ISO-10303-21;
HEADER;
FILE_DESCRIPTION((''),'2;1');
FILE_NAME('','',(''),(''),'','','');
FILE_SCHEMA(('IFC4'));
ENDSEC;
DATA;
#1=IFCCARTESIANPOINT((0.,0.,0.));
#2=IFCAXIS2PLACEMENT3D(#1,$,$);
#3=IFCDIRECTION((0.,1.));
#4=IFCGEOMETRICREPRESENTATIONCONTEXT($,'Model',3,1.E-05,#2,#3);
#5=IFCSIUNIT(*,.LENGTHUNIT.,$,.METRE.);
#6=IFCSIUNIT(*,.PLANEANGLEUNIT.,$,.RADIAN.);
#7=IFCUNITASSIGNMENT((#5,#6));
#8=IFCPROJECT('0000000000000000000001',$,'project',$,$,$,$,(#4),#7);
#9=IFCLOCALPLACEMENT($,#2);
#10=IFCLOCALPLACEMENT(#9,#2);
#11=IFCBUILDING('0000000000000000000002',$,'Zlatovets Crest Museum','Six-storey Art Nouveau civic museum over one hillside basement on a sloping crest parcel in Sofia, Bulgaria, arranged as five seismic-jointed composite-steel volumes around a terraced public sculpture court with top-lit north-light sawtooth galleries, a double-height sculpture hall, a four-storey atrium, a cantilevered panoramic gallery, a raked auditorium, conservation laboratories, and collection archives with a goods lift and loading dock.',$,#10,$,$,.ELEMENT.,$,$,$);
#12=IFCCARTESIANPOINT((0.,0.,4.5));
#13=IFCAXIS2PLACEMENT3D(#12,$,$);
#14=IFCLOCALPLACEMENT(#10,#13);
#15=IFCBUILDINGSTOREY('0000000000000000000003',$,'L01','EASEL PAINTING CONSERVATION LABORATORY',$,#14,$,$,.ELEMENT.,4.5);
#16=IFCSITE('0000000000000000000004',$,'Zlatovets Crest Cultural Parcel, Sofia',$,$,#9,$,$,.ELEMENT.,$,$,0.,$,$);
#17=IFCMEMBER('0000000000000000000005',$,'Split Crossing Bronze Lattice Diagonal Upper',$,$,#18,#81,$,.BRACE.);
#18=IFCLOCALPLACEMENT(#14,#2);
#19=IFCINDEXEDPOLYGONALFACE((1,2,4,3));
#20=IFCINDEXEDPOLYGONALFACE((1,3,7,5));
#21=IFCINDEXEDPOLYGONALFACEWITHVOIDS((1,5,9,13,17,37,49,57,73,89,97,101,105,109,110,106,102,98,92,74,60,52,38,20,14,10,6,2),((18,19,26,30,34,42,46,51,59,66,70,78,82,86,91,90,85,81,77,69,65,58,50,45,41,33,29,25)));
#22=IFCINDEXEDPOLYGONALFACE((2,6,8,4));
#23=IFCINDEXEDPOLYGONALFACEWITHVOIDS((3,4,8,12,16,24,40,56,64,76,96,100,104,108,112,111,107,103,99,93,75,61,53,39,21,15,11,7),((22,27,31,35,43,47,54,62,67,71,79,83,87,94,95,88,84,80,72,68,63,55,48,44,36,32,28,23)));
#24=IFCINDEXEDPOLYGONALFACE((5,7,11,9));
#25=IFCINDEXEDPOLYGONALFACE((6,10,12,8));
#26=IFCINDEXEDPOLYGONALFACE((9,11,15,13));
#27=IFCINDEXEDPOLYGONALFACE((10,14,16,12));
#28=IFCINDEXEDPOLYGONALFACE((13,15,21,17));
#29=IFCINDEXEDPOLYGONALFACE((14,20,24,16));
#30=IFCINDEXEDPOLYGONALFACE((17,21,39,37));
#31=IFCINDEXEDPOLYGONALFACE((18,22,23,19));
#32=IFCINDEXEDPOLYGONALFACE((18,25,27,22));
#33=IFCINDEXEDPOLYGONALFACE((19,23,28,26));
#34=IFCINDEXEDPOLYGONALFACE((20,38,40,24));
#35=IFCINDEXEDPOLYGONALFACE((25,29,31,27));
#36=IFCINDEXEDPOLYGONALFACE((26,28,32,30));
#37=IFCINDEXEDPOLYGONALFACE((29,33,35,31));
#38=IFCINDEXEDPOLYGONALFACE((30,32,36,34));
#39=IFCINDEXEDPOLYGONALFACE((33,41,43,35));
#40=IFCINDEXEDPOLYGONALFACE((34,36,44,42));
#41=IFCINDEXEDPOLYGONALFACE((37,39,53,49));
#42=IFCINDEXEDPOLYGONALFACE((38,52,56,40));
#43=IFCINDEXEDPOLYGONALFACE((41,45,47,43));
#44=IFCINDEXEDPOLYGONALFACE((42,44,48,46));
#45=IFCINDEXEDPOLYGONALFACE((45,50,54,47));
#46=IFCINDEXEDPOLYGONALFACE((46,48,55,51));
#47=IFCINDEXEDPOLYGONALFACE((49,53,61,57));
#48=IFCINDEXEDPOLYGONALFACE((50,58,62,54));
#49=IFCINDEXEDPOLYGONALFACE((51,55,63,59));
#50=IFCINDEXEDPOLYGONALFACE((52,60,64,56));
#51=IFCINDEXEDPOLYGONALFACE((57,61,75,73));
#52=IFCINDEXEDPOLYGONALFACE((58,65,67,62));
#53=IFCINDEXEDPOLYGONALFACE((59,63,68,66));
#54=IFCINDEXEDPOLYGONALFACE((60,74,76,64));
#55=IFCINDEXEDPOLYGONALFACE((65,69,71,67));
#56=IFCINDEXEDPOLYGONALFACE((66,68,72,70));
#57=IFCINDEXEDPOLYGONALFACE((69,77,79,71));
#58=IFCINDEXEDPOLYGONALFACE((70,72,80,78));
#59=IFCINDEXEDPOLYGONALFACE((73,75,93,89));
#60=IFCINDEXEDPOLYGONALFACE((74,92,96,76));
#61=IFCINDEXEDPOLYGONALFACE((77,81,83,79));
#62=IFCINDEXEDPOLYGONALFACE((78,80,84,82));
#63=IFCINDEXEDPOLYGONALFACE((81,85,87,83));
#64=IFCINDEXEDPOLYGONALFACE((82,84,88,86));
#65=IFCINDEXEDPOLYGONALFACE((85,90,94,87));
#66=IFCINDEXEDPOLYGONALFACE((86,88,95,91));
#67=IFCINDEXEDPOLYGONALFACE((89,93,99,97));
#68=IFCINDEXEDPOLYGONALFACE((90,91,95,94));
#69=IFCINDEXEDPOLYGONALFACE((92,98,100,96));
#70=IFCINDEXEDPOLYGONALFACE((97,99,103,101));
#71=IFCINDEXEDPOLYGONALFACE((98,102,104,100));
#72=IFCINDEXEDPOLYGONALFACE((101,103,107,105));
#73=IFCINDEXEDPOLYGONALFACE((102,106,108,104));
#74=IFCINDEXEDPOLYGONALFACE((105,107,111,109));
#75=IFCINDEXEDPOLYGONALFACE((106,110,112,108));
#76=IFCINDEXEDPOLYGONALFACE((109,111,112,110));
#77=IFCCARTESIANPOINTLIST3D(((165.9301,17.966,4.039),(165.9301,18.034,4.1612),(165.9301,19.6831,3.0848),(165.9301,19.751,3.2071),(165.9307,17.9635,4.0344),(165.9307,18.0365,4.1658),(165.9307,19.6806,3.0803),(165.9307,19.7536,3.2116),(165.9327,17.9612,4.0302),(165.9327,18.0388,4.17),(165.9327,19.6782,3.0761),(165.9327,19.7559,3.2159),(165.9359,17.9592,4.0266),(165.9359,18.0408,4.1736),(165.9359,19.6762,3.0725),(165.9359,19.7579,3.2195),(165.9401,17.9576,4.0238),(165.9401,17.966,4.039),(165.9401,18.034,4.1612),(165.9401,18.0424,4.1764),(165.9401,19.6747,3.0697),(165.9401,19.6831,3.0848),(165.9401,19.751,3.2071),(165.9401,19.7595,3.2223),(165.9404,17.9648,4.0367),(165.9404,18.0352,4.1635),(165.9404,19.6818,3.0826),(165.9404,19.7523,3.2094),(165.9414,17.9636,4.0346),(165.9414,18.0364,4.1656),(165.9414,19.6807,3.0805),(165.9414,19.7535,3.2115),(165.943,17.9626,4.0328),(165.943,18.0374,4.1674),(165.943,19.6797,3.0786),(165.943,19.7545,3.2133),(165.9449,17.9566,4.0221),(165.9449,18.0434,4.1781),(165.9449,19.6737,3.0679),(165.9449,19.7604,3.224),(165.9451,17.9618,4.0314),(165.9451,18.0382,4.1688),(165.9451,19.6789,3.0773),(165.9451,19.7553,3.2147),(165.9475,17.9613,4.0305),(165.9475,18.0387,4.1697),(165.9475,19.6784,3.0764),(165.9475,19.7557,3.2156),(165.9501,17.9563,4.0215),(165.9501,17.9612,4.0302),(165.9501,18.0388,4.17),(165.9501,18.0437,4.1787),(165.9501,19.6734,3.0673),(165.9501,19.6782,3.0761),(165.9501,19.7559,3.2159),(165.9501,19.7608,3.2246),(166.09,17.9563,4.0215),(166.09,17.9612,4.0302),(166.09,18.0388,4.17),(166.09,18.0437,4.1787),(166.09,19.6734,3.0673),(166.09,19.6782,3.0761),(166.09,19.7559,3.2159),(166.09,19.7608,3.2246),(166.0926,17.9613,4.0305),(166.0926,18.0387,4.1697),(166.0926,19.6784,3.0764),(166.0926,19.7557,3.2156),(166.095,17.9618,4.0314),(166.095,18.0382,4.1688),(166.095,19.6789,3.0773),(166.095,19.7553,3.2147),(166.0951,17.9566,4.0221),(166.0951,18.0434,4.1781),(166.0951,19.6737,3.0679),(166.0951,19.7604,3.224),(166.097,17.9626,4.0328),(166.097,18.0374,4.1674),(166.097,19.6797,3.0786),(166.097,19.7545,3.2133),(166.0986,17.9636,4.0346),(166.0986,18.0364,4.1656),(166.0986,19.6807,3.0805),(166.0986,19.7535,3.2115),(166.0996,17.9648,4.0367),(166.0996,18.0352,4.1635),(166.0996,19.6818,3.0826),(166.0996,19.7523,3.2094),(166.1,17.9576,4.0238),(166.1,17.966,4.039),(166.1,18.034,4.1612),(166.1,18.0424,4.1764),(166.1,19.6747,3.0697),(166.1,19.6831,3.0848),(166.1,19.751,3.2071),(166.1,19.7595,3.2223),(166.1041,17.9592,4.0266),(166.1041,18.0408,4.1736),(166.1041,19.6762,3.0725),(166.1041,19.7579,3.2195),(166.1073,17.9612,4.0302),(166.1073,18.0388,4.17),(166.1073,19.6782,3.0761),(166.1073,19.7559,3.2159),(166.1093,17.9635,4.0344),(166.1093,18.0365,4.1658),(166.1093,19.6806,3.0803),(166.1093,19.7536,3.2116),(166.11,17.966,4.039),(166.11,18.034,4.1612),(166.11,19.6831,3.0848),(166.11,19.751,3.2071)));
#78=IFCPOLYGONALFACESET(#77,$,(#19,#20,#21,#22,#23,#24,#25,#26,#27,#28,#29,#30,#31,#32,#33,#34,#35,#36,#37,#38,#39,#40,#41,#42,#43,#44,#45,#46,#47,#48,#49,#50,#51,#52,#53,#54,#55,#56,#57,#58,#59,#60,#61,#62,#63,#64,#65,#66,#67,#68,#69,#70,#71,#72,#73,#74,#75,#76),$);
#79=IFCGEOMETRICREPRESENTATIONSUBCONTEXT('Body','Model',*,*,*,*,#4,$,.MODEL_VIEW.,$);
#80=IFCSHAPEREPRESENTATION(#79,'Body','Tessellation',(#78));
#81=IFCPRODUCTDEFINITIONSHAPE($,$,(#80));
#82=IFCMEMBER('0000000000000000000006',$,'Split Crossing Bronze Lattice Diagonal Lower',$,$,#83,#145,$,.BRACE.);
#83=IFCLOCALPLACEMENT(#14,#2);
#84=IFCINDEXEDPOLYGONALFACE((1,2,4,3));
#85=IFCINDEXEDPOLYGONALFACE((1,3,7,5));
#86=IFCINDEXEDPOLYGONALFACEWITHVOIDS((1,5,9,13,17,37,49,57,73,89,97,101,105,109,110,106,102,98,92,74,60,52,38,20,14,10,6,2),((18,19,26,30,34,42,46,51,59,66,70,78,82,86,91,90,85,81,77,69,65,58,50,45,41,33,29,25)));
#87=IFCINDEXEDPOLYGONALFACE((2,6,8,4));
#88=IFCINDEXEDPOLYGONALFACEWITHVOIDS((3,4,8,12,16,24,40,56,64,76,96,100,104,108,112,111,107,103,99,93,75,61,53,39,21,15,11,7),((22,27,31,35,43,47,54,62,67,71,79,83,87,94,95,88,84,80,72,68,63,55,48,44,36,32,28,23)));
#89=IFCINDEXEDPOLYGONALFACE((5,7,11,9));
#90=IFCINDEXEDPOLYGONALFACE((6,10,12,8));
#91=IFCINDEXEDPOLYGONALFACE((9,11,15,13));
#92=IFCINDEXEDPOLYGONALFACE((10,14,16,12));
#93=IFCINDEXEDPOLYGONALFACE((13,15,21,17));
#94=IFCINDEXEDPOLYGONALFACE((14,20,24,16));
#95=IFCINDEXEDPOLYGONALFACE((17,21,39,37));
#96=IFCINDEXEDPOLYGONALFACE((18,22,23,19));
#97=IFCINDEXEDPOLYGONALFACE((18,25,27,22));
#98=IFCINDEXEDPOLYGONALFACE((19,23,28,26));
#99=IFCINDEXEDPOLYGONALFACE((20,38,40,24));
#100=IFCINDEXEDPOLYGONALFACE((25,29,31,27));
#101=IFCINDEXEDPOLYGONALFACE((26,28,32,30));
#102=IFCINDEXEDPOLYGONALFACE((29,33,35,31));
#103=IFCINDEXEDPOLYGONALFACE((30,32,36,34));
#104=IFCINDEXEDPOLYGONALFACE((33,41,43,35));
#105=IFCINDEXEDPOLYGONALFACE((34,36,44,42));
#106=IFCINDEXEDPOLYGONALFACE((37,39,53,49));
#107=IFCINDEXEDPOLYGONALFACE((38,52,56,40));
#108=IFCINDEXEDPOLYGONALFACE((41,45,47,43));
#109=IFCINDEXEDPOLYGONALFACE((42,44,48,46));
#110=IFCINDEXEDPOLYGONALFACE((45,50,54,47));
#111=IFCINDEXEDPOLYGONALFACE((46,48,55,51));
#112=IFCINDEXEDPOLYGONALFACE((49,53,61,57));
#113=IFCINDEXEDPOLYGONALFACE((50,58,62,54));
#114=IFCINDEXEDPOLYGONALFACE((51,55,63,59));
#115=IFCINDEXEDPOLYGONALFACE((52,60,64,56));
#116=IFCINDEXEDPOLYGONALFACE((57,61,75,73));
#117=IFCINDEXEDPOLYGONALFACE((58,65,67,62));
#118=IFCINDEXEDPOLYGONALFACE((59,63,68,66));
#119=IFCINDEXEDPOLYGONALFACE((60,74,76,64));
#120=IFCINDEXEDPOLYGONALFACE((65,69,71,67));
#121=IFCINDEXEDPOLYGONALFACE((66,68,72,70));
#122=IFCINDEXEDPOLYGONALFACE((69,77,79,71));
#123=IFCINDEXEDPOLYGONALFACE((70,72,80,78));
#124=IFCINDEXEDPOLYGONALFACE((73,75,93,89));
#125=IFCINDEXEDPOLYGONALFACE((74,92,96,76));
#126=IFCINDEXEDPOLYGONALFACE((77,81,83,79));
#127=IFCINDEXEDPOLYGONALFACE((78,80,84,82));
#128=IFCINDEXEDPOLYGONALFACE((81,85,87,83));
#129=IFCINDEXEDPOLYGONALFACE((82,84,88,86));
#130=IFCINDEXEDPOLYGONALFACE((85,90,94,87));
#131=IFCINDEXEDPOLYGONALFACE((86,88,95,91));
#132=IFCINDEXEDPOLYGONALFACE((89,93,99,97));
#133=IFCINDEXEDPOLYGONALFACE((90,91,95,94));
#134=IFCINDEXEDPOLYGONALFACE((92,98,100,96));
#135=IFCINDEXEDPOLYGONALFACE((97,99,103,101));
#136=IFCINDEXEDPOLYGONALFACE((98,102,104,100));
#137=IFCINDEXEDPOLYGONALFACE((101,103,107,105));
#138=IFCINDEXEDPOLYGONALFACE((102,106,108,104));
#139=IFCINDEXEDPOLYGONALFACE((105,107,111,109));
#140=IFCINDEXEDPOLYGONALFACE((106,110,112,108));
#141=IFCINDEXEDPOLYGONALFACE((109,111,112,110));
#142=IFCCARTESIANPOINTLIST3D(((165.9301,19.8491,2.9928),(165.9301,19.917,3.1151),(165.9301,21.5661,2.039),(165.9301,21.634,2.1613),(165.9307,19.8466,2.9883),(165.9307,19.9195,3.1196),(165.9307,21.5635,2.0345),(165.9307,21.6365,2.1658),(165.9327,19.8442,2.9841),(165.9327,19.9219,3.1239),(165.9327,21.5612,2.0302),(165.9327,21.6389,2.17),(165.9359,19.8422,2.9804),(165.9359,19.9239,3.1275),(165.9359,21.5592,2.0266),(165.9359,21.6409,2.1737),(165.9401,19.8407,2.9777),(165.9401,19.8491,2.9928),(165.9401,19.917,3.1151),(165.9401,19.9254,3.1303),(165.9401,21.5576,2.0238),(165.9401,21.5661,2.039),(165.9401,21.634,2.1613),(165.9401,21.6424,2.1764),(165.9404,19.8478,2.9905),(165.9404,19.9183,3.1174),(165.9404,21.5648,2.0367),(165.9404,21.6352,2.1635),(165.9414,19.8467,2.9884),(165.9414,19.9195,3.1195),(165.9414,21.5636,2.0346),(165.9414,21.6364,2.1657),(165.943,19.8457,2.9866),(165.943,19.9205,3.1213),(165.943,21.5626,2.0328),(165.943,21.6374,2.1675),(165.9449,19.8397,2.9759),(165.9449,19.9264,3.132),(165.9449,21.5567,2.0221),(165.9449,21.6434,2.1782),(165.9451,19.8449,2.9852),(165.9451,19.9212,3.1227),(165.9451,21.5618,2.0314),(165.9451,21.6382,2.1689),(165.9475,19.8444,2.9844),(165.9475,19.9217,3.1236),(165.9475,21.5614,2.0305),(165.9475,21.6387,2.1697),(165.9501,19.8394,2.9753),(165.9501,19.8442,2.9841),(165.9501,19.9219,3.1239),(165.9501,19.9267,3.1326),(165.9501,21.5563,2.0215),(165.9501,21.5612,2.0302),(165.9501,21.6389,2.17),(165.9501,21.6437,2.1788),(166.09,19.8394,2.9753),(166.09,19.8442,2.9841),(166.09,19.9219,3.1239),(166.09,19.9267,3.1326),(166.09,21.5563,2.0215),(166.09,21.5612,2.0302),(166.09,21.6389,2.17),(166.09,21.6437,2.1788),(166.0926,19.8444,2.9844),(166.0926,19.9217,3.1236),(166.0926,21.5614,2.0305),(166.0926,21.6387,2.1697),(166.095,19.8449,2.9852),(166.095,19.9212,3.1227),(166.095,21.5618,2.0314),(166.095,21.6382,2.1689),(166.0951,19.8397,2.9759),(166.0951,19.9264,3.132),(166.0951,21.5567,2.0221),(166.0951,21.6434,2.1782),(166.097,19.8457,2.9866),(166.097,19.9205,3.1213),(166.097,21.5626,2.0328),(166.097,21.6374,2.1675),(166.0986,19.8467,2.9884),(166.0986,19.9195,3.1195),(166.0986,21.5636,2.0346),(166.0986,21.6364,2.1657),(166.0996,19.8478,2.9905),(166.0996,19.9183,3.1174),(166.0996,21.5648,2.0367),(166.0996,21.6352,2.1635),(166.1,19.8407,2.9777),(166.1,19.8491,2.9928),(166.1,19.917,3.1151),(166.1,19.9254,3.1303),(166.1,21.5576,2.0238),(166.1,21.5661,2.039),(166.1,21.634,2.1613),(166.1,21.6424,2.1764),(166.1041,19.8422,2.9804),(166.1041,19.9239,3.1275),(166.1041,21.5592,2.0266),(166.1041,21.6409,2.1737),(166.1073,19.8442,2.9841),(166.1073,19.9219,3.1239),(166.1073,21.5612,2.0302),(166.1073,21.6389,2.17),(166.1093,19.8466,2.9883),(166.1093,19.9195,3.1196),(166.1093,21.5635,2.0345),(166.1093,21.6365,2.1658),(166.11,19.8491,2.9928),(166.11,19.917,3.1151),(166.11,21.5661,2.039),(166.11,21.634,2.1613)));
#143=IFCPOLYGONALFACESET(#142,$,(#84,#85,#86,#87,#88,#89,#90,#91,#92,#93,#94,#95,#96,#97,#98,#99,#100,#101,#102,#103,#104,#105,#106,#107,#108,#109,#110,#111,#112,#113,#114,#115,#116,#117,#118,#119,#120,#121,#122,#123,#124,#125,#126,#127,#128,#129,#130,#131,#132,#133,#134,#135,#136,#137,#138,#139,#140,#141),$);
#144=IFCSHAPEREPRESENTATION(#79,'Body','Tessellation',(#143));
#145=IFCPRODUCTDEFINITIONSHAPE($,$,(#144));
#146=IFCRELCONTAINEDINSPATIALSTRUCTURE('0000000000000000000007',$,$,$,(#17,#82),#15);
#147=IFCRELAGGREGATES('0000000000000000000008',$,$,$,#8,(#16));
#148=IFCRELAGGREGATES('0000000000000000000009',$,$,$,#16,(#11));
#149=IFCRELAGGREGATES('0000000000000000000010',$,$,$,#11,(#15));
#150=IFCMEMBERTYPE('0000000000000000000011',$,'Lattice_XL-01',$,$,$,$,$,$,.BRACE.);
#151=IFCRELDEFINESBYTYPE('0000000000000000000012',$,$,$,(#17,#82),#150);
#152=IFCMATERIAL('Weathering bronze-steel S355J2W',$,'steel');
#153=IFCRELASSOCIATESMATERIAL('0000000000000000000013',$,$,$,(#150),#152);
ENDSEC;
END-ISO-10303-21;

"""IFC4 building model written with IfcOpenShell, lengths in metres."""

from ifc_helpers import new_model, si_unit, direction, frame, origin, origin_2d, place, context, subcontext, project, spatial, hollow_rectangle, extrude, material, material_profile, profile_set, type_object, element, save


model = new_model("IFC4")

# Units and contexts
model_context = context("Model", 3, precision=1e-05, world=origin(), true_north=direction((0.0, 1.0)))
body_context = subcontext(model_context, "Body", "Model", "MODEL_VIEW")
ifc_project = project(units=[si_unit("LENGTHUNIT", "METRE"), si_unit("PLANEANGLEUNIT", "RADIAN")], contexts=[model_context])

# Site, building, storey
site_placement = place(None, origin())
site = spatial("IfcSite", under=ifc_project, at=site_placement, Name="Zlatovets Crest Cultural Parcel, Sofia", CompositionType="ELEMENT", RefElevation=0.0)
building_placement = place(site_placement, origin())
building = spatial("IfcBuilding", under=site, at=building_placement, Name="Zlatovets Crest Museum", Description="Six-storey Art Nouveau civic museum over one hillside basement on a sloping crest parcel in Sofia, Bulgaria, arranged as five seismic-jointed composite-steel volumes around a terraced public sculpture court with top-lit north-light sawtooth galleries, a double-height sculpture hall, a four-storey atrium, a cantilevered panoramic gallery, a raked auditorium, conservation laboratories, and collection archives with a goods lift and loading dock.", CompositionType="ELEMENT")
storey_placement = place(building_placement, frame((0.0, 0.0, 4.5)))
storey = spatial("IfcBuildingStorey", under=building, at=storey_placement, Name="L01", Description="EASEL PAINTING CONSERVATION LABORATORY", CompositionType="ELEMENT", Elevation=4.5)

# Members
ifc_material_1 = material(Name="Weathering bronze-steel S355J2W", Category="steel")
ifc_material_profile_1 = material_profile(ifc_material_1, hollow_rectangle(XDim=0.1799, YDim=0.1799, WallThickness=0.01, InnerFilletRadius=0.01, OuterFilletRadius=0.02, at=origin_2d()), Name="SHS 180x180x10.0")
ifc_profile_set_1 = profile_set([ifc_material_profile_1], Name="Weathering bronze-steel S355J2W")
member_type_1 = type_object("IfcMemberType", Name="Lattice_XL-01", PredefinedType="BRACE", material=ifc_profile_set_1)
member_1_placement = place(storey_placement, frame((166.02, 18.0, 4.1001), z_axis=(0.0, 0.874116, -0.485717), x_axis=(-1.0, 0.0, 0.0)))
element("IfcMember", 1, at=member_1_placement, inside=storey, type_object=member_type_1, Name="Split Crossing Bronze Lattice Diagonal Upper", PredefinedType="BRACE", context=body_context, shape_type="SweptSolid", body=[
    extrude(hollow_rectangle(XDim=0.1799, YDim=0.1799, WallThickness=0.01, InnerFilletRadius=0.01, OuterFilletRadius=0.02, at=origin_2d()), origin(), (0.0, 0.0, 1.0), 1.9644),
])
member_2_placement = place(storey_placement, frame((166.02, 19.8831, 3.054), z_axis=(0.0, 0.874169, -0.485622), x_axis=(-1.0, 0.0, 0.0)))
element("IfcMember", 2, at=member_2_placement, inside=storey, type_object=member_type_1, Name="Split Crossing Bronze Lattice Diagonal Lower", PredefinedType="BRACE", context=body_context, shape_type="SweptSolid", body=[
    extrude(hollow_rectangle(XDim=0.1799, YDim=0.1799, WallThickness=0.01, InnerFilletRadius=0.01, OuterFilletRadius=0.02, at=origin_2d()), origin(), (0.0, 0.0, 1.0), 1.9641),
])

save(model, "model.ifc")
